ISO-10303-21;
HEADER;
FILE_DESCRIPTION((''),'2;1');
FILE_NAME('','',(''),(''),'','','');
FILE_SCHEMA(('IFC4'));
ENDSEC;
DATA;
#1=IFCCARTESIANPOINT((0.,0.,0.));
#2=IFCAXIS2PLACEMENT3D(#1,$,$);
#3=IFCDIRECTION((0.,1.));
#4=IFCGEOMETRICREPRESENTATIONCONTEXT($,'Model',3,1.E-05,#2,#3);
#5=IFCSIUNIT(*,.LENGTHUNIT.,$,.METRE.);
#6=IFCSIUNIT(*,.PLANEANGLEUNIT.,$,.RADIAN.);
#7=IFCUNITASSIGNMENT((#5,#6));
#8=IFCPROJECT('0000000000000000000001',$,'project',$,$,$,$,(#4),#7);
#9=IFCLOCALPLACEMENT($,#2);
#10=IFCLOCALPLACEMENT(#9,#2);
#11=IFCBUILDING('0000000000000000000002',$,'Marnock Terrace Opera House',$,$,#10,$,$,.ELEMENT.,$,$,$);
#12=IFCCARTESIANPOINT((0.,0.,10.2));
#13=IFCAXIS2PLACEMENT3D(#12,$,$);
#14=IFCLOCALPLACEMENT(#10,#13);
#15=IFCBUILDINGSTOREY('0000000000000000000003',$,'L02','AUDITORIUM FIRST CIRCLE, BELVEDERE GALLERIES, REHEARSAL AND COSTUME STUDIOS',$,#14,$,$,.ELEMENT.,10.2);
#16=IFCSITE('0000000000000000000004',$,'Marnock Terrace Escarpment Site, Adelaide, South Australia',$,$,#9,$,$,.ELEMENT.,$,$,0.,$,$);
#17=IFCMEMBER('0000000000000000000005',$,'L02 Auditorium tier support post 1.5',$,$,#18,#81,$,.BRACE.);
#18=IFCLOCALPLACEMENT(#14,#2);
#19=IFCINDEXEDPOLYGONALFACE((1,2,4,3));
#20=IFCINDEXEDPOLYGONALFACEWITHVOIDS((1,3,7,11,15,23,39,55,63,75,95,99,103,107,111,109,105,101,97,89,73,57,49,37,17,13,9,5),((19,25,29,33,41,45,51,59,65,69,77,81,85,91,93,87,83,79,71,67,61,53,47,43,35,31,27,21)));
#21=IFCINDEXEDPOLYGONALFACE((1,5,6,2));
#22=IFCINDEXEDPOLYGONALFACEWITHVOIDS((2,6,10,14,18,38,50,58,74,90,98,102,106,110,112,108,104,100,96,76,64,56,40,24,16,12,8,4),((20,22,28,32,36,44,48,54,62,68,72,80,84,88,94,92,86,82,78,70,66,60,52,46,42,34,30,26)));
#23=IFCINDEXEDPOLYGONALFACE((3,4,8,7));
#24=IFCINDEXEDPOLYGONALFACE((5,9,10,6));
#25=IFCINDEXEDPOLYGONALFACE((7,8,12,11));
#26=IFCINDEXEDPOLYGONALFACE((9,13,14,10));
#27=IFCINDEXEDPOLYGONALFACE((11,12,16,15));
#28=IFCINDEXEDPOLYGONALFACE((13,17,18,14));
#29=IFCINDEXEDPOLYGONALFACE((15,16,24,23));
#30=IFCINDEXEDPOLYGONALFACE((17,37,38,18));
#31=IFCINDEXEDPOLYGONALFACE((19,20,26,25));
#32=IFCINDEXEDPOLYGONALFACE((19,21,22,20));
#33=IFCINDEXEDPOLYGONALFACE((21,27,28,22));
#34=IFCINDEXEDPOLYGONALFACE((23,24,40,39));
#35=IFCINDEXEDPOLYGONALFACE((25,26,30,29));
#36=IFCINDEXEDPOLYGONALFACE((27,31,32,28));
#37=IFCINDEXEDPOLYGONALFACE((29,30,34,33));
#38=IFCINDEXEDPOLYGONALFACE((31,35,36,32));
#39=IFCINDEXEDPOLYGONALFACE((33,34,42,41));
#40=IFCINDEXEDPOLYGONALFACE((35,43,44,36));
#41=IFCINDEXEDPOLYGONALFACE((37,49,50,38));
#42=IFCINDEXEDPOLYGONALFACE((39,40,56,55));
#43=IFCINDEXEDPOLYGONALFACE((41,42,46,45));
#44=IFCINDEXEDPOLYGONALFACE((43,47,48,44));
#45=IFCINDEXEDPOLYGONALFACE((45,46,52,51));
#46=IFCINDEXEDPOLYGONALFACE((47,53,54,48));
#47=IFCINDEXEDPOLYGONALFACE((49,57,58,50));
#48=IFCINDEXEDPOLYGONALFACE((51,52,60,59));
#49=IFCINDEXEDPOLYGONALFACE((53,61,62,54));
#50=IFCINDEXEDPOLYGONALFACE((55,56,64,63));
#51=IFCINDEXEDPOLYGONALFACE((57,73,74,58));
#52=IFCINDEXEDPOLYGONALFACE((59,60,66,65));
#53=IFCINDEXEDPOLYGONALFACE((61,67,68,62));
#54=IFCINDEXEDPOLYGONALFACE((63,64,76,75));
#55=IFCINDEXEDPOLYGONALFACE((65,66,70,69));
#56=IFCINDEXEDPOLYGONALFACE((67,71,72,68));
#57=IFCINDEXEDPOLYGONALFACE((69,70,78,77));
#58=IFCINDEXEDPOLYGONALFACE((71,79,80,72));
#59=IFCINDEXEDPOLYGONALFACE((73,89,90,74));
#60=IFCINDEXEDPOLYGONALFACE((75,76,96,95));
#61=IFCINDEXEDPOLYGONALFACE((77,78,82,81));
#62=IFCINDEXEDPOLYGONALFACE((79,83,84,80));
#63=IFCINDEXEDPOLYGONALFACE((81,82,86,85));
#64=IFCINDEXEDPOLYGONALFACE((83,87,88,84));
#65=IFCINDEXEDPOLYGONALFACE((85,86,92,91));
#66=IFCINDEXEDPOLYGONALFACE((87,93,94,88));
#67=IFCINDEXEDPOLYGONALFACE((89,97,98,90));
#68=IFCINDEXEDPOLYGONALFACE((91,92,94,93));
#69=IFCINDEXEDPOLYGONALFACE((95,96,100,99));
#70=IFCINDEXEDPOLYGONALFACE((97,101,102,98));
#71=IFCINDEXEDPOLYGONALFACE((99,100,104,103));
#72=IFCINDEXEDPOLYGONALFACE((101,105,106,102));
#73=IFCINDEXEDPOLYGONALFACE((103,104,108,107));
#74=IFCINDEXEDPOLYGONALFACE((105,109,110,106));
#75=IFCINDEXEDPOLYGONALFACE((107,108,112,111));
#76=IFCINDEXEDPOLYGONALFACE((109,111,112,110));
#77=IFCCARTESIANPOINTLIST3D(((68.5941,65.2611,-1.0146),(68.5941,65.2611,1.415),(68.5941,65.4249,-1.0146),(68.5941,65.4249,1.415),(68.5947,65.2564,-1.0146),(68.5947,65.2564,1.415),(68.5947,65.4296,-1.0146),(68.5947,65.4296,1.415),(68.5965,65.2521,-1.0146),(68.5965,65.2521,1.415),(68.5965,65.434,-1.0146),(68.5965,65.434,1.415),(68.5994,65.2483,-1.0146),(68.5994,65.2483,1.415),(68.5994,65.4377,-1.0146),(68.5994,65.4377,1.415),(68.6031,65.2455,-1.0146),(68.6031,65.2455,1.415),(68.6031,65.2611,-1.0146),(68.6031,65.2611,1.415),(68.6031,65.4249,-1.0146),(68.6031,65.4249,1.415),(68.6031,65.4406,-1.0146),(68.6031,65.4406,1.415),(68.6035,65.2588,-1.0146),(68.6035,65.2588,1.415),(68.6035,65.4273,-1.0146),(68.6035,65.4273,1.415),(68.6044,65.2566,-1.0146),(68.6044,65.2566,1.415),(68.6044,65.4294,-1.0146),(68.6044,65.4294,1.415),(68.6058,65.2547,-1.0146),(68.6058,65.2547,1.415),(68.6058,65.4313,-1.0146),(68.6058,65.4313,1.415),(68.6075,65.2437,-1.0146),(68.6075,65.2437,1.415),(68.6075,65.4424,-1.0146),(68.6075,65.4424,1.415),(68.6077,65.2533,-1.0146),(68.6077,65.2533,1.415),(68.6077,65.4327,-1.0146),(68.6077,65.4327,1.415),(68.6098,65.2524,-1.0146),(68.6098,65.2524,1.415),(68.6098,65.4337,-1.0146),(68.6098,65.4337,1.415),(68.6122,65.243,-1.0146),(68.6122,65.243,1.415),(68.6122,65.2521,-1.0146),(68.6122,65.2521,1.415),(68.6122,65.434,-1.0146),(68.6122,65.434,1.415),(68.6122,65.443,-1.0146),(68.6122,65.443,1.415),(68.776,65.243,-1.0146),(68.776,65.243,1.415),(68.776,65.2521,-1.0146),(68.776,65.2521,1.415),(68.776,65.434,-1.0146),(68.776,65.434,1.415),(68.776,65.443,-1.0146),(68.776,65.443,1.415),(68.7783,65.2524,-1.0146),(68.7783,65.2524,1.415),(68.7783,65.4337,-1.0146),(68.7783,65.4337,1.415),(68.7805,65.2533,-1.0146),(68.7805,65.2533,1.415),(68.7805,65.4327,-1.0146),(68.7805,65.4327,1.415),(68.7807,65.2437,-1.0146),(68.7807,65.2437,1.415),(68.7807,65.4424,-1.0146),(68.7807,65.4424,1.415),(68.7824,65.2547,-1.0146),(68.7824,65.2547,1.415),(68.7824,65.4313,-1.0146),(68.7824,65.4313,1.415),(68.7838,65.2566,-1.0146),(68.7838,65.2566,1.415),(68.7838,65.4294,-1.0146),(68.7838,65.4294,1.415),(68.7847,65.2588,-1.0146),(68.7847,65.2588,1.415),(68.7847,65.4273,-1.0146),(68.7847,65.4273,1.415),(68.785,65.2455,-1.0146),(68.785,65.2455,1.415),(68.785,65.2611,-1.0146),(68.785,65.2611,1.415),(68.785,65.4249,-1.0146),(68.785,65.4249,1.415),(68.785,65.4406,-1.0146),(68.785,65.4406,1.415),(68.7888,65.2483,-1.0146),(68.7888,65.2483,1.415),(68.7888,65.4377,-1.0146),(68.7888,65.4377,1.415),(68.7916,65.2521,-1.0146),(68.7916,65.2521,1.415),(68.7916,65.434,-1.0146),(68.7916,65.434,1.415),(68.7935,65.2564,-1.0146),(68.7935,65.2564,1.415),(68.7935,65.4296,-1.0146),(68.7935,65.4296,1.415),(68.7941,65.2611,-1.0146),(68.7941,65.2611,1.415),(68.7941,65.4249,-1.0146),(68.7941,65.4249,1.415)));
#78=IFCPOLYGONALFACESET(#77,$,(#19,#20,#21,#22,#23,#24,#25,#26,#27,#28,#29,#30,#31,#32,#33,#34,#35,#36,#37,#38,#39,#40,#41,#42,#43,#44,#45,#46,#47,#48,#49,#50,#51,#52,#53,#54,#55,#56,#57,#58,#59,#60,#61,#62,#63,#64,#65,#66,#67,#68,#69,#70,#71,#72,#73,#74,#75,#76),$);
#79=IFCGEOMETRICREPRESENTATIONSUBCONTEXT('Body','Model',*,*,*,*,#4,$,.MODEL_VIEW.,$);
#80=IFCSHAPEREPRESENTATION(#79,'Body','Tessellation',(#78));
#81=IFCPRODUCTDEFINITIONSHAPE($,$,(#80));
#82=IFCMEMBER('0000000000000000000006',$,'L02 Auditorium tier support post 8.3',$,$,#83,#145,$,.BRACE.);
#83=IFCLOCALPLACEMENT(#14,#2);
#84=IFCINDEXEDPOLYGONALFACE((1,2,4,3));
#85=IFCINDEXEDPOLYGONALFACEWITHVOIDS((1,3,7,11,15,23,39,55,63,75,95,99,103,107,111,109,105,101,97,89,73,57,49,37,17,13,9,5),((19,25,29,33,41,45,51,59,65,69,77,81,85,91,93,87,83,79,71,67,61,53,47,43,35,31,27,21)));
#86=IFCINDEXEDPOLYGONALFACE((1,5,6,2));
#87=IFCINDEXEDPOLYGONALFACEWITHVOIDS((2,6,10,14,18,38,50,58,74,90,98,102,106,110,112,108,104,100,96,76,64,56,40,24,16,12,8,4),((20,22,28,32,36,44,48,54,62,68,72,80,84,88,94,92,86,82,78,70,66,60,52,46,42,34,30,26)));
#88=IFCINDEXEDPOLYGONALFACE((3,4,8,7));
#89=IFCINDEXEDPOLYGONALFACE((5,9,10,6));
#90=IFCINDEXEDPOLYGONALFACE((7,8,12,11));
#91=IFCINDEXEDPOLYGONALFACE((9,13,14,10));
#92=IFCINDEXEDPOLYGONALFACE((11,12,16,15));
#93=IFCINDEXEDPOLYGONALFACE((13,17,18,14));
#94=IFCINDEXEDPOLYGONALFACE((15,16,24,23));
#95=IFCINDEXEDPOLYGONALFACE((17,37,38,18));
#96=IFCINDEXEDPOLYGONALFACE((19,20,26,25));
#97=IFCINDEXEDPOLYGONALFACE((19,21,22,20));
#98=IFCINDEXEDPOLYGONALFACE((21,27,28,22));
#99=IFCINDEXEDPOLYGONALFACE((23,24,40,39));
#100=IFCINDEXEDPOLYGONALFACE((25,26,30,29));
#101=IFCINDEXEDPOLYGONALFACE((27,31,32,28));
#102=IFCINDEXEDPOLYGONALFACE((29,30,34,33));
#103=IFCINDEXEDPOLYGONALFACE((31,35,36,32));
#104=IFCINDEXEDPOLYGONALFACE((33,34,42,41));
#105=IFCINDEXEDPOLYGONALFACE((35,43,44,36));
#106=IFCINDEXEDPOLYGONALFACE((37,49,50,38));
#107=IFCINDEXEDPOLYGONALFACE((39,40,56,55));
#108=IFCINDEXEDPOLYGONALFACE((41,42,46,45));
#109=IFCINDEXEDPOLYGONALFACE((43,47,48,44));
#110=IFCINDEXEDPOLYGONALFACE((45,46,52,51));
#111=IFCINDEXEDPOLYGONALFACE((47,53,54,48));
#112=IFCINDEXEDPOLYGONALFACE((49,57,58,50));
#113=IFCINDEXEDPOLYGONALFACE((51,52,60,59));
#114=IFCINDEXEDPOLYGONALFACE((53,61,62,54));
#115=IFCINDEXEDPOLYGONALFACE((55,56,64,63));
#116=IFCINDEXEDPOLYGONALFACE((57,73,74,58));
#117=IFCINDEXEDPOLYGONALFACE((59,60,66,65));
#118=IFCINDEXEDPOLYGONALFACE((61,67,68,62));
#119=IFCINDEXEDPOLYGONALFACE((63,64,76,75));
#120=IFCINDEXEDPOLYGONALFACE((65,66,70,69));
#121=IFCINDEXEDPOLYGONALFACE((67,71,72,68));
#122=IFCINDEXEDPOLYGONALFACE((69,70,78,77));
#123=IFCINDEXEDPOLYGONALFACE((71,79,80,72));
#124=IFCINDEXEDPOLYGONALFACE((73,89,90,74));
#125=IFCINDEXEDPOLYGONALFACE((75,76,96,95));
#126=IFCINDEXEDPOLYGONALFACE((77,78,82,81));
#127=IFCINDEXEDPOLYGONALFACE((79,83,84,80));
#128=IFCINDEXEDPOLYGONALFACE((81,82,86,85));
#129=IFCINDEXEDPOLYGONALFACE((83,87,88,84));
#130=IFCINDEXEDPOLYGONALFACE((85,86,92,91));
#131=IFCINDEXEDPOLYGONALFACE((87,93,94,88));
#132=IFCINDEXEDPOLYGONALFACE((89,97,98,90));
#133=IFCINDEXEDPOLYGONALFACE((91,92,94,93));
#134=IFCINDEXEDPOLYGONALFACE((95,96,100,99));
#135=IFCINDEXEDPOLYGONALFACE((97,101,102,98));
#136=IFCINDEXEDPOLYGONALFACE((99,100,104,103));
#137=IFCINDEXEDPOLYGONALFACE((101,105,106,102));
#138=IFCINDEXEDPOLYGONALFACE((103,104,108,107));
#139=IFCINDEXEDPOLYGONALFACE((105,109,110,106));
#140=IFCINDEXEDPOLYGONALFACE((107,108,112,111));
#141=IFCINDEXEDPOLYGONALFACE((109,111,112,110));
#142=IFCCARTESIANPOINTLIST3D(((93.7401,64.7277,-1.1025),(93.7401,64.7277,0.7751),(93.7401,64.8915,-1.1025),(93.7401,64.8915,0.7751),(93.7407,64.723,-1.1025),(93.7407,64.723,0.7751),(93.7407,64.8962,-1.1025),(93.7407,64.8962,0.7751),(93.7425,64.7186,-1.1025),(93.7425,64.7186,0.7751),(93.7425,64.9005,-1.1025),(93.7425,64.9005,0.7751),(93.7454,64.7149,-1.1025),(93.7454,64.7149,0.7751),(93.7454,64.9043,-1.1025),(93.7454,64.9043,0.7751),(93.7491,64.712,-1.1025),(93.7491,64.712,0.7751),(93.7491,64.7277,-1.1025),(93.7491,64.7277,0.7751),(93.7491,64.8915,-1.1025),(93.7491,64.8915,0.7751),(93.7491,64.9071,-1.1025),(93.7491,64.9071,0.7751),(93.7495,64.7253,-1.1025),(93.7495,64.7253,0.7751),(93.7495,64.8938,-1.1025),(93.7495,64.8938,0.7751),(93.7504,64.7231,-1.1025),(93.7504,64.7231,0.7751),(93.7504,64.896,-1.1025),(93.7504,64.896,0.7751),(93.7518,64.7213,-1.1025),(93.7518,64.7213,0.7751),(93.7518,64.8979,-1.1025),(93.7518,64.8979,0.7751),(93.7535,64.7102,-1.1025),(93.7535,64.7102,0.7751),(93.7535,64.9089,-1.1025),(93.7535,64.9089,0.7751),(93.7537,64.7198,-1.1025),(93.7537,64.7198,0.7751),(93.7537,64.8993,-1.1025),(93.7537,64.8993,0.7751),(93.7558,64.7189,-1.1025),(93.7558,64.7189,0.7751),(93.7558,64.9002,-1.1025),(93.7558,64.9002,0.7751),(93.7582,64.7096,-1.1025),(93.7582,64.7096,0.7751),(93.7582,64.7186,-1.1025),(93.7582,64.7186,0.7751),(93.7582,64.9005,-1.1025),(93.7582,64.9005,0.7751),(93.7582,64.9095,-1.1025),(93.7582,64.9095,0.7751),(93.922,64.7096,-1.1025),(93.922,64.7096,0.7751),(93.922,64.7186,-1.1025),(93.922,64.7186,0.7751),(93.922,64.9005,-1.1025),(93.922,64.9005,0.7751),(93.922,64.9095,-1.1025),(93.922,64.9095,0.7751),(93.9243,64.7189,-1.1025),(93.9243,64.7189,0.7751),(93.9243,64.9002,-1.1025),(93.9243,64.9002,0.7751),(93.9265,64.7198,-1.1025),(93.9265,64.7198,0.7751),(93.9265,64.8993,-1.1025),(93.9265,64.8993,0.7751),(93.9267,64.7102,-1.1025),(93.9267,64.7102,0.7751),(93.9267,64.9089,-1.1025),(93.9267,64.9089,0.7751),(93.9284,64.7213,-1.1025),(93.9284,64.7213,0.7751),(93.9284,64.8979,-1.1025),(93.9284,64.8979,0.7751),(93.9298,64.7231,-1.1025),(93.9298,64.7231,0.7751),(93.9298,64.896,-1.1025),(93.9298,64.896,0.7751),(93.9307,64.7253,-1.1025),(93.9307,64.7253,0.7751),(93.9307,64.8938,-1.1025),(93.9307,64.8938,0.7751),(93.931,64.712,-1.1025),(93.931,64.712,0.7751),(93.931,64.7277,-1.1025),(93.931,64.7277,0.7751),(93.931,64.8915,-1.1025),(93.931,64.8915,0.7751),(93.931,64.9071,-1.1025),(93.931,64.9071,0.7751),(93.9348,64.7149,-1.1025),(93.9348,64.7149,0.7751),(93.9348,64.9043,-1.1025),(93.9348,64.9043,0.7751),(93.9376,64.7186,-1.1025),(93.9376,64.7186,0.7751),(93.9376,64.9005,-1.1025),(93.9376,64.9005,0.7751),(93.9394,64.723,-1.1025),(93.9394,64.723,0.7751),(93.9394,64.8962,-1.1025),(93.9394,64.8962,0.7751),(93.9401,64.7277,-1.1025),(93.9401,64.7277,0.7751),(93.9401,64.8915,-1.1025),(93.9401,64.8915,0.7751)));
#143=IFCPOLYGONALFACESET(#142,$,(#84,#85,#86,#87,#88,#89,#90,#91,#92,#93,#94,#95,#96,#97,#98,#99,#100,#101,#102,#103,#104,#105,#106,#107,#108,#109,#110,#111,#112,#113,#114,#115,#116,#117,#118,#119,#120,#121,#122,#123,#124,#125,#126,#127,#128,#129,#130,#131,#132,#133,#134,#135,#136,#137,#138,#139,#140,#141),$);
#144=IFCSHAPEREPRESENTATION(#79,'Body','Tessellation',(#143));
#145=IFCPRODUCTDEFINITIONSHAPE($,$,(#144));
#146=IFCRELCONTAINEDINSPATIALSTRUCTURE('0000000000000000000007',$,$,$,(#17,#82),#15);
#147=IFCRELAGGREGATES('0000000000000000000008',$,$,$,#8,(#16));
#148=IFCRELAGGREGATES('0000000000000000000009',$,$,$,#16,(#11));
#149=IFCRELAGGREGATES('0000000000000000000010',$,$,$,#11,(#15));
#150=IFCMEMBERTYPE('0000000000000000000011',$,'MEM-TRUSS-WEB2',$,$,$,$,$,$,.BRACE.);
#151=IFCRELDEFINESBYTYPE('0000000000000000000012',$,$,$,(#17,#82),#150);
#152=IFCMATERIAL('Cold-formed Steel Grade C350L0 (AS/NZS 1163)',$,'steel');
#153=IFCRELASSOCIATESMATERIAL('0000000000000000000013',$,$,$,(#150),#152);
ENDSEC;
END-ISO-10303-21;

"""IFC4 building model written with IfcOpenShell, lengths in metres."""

from ifc_helpers import new_model, si_unit, direction, frame, origin, origin_2d, place, context, subcontext, project, spatial, hollow_rectangle, extrude, material, material_profile, profile_set, type_object, element, save


model = new_model("IFC4")

# Units and contexts
model_context = context("Model", 3, precision=1e-05, world=origin(), true_north=direction((0.0, 1.0)))
body_context = subcontext(model_context, "Body", "Model", "MODEL_VIEW")
ifc_project = project(units=[si_unit("LENGTHUNIT", "METRE"), si_unit("PLANEANGLEUNIT", "RADIAN")], contexts=[model_context])

# Site, building, storey
site_placement = place(None, origin())
site = spatial("IfcSite", under=ifc_project, at=site_placement, Name="Marnock Terrace Escarpment Site, Adelaide, South Australia", CompositionType="ELEMENT", RefElevation=0.0)
building_placement = place(site_placement, origin())
building = spatial("IfcBuilding", under=site, at=building_placement, Name="Marnock Terrace Opera House", CompositionType="ELEMENT")
storey_placement = place(building_placement, frame((0.0, 0.0, 10.2)))
storey = spatial("IfcBuildingStorey", under=building, at=storey_placement, Name="L02", Description="AUDITORIUM FIRST CIRCLE, BELVEDERE GALLERIES, REHEARSAL AND COSTUME STUDIOS", CompositionType="ELEMENT", Elevation=10.2)

# Members
ifc_material_1 = material(Name="Cold-formed Steel Grade C350L0 (AS/NZS 1163)", Category="steel")
ifc_material_profile_1 = material_profile(ifc_material_1, hollow_rectangle(XDim=0.2, YDim=0.2, WallThickness=0.009, InnerFilletRadius=0.009, OuterFilletRadius=0.0181, at=origin_2d()))
ifc_profile_set_1 = profile_set([ifc_material_profile_1], Name="Cold-formed Steel Grade C350L0 (AS/NZS 1163)")
member_type = type_object("IfcMemberType", Name="MEM-TRUSS-WEB2", PredefinedType="BRACE", material=ifc_profile_set_1)
member_1_placement = place(storey_placement, frame((68.6941, 65.343, -1.0146), z_axis=(0.0, 0.0, 1.0), x_axis=(1.0, 0.0, 0.0)))
element("IfcMember", 1, at=member_1_placement, inside=storey, type_object=member_type, Name="L02 Auditorium tier support post 1.5", PredefinedType="BRACE", context=body_context, shape_type="SweptSolid", body=[
    extrude(hollow_rectangle(XDim=0.2, YDim=0.2, WallThickness=0.009, InnerFilletRadius=0.009, OuterFilletRadius=0.0181, at=origin_2d()), origin(), (0.0, 0.0, 1.0), 2.4297),
])
member_2_placement = place(storey_placement, frame((93.8401, 64.8096, -1.1025), z_axis=(0.0, 0.0, 1.0), x_axis=(1.0, 0.0, 0.0)))
element("IfcMember", 2, at=member_2_placement, inside=storey, type_object=member_type, Name="L02 Auditorium tier support post 8.3", PredefinedType="BRACE", context=body_context, shape_type="SweptSolid", body=[
    extrude(hollow_rectangle(XDim=0.2, YDim=0.2, WallThickness=0.009, InnerFilletRadius=0.009, OuterFilletRadius=0.0181, at=origin_2d()), origin(), (0.0, 0.0, 1.0), 1.8777),
])

save(model, "model.ifc")
